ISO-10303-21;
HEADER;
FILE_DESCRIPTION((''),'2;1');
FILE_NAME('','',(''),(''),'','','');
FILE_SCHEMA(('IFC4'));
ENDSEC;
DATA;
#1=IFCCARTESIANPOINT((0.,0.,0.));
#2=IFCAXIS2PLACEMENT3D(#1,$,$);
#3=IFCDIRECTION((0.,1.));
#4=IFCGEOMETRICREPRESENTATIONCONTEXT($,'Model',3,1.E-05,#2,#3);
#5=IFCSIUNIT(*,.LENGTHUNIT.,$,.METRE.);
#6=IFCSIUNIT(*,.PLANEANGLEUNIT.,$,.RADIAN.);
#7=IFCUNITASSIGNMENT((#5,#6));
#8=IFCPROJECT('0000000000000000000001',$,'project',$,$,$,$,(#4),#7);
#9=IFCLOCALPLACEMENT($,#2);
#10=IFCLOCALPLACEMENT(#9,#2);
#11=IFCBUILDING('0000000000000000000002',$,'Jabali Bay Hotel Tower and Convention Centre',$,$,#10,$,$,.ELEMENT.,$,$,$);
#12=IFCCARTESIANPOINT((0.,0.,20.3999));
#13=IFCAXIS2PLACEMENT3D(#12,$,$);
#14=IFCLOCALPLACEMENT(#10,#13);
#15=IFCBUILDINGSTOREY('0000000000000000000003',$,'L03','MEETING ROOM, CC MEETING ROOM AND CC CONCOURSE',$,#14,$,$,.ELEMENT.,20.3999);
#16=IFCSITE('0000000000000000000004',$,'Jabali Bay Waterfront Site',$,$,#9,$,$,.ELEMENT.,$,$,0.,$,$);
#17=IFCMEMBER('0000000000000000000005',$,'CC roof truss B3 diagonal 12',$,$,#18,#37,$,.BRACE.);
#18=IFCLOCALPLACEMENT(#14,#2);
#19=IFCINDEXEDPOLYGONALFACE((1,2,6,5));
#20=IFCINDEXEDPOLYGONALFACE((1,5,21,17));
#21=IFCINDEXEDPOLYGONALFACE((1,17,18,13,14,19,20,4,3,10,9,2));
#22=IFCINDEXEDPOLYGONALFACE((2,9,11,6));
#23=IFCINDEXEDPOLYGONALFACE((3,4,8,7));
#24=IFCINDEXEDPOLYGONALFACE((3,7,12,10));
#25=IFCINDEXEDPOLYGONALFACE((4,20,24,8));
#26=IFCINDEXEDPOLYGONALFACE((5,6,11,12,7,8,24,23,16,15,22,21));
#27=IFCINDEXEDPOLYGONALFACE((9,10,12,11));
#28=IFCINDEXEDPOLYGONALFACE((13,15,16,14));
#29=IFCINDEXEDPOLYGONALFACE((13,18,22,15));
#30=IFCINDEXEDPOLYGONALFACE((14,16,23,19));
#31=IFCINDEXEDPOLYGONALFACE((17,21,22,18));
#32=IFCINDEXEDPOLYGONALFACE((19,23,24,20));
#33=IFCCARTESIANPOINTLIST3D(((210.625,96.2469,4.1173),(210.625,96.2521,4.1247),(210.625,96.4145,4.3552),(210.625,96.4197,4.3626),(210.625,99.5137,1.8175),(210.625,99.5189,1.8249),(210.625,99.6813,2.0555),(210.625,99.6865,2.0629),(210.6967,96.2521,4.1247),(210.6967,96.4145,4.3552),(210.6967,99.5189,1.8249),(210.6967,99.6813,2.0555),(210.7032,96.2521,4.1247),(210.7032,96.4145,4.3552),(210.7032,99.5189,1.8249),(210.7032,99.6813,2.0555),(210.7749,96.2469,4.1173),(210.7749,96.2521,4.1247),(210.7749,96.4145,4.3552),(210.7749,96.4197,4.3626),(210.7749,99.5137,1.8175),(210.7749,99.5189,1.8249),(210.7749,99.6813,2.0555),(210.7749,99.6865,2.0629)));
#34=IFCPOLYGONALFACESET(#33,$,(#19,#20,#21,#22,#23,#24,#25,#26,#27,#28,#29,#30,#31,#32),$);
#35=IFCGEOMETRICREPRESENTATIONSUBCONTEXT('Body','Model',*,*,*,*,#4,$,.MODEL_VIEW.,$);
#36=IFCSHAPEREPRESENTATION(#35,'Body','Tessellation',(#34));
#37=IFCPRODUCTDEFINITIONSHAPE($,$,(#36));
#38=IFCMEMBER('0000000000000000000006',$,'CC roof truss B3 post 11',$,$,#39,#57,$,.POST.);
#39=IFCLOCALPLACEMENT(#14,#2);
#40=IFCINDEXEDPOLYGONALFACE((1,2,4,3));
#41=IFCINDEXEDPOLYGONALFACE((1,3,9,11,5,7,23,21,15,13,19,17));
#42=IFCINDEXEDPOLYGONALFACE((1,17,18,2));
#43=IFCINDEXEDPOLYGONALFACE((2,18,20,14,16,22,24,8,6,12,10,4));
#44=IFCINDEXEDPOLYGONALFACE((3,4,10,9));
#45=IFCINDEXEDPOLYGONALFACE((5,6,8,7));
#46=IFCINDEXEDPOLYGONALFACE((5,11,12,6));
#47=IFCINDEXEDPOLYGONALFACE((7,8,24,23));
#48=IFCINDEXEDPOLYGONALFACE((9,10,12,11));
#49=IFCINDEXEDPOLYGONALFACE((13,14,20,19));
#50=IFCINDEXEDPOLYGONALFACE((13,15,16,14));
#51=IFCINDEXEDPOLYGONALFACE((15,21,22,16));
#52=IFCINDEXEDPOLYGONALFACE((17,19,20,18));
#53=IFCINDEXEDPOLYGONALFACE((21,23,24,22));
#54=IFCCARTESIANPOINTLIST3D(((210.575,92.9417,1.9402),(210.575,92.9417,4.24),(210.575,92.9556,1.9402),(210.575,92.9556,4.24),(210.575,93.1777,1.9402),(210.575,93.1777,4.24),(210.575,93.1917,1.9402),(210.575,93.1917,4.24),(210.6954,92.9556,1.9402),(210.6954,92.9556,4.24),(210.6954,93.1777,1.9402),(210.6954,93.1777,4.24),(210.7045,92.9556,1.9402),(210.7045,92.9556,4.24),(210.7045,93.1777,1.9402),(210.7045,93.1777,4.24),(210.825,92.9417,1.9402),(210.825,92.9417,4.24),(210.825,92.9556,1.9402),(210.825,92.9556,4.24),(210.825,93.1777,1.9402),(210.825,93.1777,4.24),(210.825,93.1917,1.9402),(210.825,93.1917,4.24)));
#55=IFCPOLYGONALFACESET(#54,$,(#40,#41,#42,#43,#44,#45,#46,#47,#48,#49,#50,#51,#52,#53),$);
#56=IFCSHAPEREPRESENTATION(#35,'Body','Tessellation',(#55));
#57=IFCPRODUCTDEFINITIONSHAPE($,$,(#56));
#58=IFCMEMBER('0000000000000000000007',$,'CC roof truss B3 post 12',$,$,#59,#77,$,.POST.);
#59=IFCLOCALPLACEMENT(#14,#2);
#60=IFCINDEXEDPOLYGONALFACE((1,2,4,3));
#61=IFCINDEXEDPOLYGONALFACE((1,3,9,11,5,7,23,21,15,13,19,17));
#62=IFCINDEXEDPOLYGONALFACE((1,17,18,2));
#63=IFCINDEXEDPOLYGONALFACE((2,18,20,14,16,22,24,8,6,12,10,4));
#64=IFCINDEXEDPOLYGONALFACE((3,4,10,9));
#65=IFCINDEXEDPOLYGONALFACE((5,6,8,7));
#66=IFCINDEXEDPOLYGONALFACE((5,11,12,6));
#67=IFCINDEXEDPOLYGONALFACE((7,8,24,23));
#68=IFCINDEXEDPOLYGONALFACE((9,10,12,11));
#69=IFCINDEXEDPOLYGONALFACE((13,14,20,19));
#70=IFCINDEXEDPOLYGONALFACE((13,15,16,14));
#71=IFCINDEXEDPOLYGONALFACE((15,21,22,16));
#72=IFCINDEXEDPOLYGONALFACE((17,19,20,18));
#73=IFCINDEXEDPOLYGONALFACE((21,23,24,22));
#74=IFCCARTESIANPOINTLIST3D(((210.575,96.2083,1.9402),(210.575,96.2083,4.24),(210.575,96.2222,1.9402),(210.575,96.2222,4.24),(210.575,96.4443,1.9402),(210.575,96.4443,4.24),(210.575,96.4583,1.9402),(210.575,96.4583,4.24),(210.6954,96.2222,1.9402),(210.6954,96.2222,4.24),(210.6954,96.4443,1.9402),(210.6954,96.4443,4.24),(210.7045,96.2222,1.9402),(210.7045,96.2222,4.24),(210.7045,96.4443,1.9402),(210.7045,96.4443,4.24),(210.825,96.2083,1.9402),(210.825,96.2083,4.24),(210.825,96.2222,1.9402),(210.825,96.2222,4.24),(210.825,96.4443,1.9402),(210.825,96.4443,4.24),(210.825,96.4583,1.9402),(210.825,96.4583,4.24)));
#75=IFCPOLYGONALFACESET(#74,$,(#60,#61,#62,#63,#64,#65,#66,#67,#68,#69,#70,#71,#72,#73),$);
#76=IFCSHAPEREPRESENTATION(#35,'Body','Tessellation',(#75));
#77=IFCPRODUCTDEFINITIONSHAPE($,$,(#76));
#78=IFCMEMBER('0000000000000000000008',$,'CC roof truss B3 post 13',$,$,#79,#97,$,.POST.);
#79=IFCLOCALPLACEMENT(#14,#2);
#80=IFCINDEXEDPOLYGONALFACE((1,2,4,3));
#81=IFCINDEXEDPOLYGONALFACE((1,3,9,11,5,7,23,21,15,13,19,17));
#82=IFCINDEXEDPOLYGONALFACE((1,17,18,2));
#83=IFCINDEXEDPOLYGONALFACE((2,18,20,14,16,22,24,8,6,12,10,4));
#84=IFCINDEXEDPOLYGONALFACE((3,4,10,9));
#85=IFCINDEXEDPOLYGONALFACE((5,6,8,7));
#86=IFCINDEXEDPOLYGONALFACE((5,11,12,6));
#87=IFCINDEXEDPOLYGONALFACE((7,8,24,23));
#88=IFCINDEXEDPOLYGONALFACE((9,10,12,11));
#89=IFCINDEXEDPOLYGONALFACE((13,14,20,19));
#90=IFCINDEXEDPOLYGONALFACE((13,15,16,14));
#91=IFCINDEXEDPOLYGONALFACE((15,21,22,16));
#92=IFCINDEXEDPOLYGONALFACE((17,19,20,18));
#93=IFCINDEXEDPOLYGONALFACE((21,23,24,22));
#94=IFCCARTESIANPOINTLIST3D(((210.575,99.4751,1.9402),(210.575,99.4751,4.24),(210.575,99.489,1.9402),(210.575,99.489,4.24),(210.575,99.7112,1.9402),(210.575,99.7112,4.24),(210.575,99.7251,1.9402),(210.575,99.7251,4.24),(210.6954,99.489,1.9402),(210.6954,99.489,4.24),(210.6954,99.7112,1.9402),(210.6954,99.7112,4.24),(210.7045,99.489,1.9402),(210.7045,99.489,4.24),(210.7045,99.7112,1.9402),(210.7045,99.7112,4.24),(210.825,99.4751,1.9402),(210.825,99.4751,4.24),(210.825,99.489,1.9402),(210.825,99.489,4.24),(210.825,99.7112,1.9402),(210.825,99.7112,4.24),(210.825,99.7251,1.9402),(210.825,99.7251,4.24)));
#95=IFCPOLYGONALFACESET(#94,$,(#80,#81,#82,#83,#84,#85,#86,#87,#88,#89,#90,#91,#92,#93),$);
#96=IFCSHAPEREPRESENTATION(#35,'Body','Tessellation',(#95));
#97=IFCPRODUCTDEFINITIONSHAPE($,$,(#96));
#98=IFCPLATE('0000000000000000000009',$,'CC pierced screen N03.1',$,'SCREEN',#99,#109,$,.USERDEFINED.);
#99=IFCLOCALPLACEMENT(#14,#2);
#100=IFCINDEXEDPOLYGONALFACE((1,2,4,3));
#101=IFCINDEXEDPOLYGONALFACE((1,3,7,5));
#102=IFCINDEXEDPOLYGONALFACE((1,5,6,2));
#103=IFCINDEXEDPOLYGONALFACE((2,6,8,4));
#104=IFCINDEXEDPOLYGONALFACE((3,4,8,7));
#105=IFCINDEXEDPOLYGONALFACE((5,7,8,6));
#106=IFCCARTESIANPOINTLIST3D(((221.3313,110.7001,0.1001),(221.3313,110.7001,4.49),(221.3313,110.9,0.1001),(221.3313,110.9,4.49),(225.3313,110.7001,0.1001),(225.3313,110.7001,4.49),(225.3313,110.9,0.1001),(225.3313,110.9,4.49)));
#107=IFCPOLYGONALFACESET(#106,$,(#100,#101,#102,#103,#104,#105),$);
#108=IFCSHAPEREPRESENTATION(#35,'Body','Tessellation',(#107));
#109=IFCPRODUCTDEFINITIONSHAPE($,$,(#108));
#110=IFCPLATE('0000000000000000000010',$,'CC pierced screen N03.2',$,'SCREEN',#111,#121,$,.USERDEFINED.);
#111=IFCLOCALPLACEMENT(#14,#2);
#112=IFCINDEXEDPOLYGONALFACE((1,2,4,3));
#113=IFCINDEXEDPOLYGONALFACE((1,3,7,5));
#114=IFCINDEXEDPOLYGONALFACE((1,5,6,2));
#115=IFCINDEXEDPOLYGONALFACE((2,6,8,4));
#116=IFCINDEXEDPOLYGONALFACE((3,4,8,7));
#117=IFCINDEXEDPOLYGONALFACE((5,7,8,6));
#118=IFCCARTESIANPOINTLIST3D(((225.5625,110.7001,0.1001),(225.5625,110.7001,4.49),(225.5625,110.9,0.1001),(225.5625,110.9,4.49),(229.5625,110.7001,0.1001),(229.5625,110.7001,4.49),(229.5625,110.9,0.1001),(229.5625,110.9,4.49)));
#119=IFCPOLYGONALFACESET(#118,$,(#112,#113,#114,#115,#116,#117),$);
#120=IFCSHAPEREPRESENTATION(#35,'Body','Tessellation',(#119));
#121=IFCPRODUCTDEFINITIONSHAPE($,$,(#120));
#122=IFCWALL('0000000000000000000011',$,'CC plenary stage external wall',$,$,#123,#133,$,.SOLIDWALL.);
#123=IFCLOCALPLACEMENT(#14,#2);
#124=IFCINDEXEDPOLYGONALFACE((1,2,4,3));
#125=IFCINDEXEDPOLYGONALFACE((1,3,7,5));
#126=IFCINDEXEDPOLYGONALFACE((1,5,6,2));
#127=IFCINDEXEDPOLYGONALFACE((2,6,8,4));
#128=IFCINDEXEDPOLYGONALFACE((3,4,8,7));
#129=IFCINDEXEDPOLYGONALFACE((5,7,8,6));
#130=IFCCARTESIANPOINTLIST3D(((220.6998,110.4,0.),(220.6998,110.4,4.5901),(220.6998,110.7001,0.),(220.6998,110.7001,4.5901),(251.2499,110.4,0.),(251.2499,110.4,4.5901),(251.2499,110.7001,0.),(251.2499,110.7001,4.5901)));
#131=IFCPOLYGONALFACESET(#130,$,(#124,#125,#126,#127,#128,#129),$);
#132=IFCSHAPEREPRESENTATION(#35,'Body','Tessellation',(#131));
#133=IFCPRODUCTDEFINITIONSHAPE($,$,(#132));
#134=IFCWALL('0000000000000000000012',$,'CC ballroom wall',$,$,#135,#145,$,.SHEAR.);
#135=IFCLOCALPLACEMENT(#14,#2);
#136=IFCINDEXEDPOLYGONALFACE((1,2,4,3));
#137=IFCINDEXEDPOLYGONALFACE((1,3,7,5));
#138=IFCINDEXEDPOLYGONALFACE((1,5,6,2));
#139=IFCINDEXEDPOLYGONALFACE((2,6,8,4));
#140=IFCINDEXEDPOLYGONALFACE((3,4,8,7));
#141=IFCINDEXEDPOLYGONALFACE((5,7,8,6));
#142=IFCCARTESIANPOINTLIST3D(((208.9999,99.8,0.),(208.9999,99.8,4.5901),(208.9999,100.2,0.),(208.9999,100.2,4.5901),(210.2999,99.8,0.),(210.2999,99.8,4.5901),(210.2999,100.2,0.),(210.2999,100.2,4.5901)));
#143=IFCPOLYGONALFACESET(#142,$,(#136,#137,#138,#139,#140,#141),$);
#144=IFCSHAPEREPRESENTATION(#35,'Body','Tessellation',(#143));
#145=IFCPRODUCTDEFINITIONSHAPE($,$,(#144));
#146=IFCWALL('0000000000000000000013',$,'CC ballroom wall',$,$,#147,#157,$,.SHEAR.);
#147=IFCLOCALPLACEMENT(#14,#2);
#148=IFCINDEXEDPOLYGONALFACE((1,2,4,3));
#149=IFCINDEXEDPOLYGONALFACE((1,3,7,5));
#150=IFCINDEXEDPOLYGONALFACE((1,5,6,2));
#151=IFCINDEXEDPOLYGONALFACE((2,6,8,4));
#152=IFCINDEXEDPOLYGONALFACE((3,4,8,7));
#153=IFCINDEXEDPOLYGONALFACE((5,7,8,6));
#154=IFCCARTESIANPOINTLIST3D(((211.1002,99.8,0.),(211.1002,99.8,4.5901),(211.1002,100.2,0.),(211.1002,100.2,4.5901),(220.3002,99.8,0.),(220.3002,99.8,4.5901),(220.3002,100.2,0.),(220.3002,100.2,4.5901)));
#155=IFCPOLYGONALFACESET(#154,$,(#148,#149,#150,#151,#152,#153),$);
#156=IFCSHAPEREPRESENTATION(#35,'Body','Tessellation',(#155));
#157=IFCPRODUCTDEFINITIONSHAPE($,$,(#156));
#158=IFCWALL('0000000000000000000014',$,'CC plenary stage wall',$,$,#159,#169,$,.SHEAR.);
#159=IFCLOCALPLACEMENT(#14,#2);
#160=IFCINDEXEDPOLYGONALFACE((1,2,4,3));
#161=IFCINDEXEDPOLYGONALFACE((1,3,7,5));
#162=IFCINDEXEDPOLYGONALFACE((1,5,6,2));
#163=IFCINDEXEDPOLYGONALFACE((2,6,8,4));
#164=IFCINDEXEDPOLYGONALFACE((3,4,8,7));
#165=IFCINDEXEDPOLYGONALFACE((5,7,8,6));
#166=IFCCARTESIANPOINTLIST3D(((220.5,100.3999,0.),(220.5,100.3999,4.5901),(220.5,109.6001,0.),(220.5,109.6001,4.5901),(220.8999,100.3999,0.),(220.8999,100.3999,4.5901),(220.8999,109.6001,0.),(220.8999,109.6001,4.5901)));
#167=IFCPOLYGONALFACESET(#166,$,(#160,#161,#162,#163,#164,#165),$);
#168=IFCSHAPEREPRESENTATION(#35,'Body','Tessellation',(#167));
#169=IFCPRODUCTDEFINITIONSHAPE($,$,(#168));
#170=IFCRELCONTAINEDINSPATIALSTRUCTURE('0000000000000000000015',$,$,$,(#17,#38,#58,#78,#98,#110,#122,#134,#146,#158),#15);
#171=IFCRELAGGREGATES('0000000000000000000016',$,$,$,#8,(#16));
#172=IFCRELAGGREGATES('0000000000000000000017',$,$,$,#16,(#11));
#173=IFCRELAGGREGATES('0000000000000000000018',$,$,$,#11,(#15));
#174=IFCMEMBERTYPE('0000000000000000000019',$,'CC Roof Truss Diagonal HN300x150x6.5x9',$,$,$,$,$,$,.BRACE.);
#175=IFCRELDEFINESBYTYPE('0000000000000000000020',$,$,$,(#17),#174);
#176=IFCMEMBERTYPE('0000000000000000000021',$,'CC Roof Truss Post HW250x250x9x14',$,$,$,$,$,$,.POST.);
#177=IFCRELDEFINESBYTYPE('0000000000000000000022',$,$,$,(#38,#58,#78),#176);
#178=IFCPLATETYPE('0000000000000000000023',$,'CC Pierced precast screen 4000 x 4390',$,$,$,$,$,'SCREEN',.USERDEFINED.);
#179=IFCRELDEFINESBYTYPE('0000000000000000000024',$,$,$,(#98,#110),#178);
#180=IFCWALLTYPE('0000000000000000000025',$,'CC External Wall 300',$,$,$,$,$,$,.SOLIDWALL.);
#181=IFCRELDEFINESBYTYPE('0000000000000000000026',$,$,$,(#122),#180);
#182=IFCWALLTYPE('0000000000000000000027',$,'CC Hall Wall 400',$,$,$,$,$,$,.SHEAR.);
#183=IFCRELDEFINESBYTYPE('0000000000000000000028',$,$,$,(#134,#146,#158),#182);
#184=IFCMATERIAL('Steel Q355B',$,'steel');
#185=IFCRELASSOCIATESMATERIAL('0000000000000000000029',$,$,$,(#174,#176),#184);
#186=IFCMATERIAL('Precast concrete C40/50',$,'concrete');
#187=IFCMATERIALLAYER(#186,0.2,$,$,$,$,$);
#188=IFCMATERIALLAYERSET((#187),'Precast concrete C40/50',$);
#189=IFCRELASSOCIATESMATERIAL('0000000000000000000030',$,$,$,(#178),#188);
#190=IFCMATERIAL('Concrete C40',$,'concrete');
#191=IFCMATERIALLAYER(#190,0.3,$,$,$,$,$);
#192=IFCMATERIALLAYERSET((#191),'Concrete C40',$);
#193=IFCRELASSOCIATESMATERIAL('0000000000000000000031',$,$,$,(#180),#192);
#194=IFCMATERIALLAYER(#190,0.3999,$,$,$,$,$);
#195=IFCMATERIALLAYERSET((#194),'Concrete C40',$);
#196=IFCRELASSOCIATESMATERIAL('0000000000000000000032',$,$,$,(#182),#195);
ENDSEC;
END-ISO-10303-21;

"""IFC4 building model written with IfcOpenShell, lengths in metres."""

from ifc_helpers import new_model, si_unit, direction, frame, frame_2d, origin, origin_2d, place, context, subcontext, project, spatial, rectangle, i_section, extrude, material, layer, layer_set, material_profile, profile_set, type_object, element, save


model = new_model("IFC4")

# Units and contexts
model_context = context("Model", 3, precision=1e-05, world=origin(), true_north=direction((0.0, 1.0)))
body_context = subcontext(model_context, "Body", "Model", "MODEL_VIEW")
ifc_project = project(units=[si_unit("LENGTHUNIT", "METRE"), si_unit("PLANEANGLEUNIT", "RADIAN")], contexts=[model_context])

# Site, building, storey
site_placement = place(None, origin())
site = spatial("IfcSite", under=ifc_project, at=site_placement, Name="Jabali Bay Waterfront Site", CompositionType="ELEMENT", RefElevation=0.0)
building_placement = place(site_placement, origin())
building = spatial("IfcBuilding", under=site, at=building_placement, Name="Jabali Bay Hotel Tower and Convention Centre", CompositionType="ELEMENT")
storey_placement = place(building_placement, frame((0.0, 0.0, 20.3999)))
storey = spatial("IfcBuildingStorey", under=building, at=storey_placement, Name="L03", Description="MEETING ROOM, CC MEETING ROOM AND CC CONCOURSE", CompositionType="ELEMENT", Elevation=20.3999)

# Members
ifc_material_1 = material(Name="Steel Q355B", Category="steel")
ifc_material_profile_1 = material_profile(ifc_material_1, i_section(OverallWidth=0.1499, OverallDepth=0.3, WebThickness=0.0066, FlangeThickness=0.009, at=origin_2d()), Name="HN300x150x6.5x9")
ifc_profile_set_1 = profile_set([ifc_material_profile_1], Name="Steel Q355B")
member_type_1 = type_object("IfcMemberType", Name="CC Roof Truss Diagonal HN300x150x6.5x9", PredefinedType="BRACE", material=ifc_profile_set_1)
member_placement = place(storey_placement, frame((210.7, 99.6001, 1.9402), z_axis=(0.0, -0.817699, 0.575646), x_axis=(1.0, 0.0, 0.0)))
element("IfcMember", 1, at=member_placement, inside=storey, type_object=member_type_1, Name="CC roof truss B3 diagonal 12", PredefinedType="BRACE", context=body_context, shape_type="SweptSolid", body=[
    extrude(i_section(OverallWidth=0.1499, OverallDepth=0.3, WebThickness=0.0066, FlangeThickness=0.009, at=origin_2d()), origin(), (0.0, 0.0, 1.0), 3.9951),
])
ifc_material_profile_2 = material_profile(ifc_material_1, i_section(OverallWidth=0.25, OverallDepth=0.25, WebThickness=0.009, FlangeThickness=0.0139, at=origin_2d()), Name="HW250x250x9x14")
ifc_profile_set_2 = profile_set([ifc_material_profile_2], Name="Steel Q355B")
member_type_2 = type_object("IfcMemberType", Name="CC Roof Truss Post HW250x250x9x14", PredefinedType="POST", material=ifc_profile_set_2)
for number, where, z_axis, x_axis, name in (
    (2, (210.7, 93.0667, 1.9402), (0.0, 0.0, 1.0), (1.0, 0.0, 0.0), "CC roof truss B3 post 11"),
    (3, (210.7, 96.3333, 1.9402), (0.0, 0.0, 1.0), (1.0, 0.0, 0.0), "CC roof truss B3 post 12"),
    (4, (210.7, 99.6001, 1.9402), (0.0, 0.0, 1.0), (1.0, 0.0, 0.0), "CC roof truss B3 post 13"),
):
    element("IfcMember", number, at=place(storey_placement, frame(where, z_axis=z_axis, x_axis=x_axis)), inside=storey, type_object=member_type_2, Name=name, PredefinedType="POST", context=body_context, shape_type="SweptSolid", body=[
        extrude(i_section(OverallWidth=0.25, OverallDepth=0.25, WebThickness=0.009, FlangeThickness=0.0139, at=origin_2d()), origin(), (0.0, 0.0, 1.0), 2.2998),
    ])

# Plates
ifc_material_2 = material(Name="Precast concrete C40/50", Category="concrete")
ifc_layer_1 = layer(ifc_material_2, 0.2)
ifc_layer_set_1 = layer_set([ifc_layer_1], Name="Precast concrete C40/50")
plate_type = type_object("IfcPlateType", Name="CC Pierced precast screen 4000 x 4390", ElementType="SCREEN", PredefinedType="USERDEFINED", material=ifc_layer_set_1)
for number, where, z_axis, x_axis, name in (
    (5, (223.3313, 110.8, 0.1001), (0.0, 0.0, 1.0), (1.0, 0.0, 0.0), "CC pierced screen N03.1"),
    (6, (227.5625, 110.8, 0.1001), (0.0, 0.0, 1.0), (1.0, 0.0, 0.0), "CC pierced screen N03.2"),
):
    element("IfcPlate", number, at=place(storey_placement, frame(where, z_axis=z_axis, x_axis=x_axis)), inside=storey, type_object=plate_type, Name=name, ObjectType="SCREEN", PredefinedType="USERDEFINED", context=body_context, shape_type="SweptSolid", body=[
        extrude(rectangle(XDim=4.0, YDim=0.2, at=origin_2d()), origin(), (0.0, 0.0, 1.0), 4.3899),
    ])

# Walls
ifc_material_3 = material(Name="Concrete C40", Category="concrete")
ifc_layer_2 = layer(ifc_material_3, 0.3)
ifc_layer_set_2 = layer_set([ifc_layer_2], Name="Concrete C40")
wall_type_1 = type_object("IfcWallType", Name="CC External Wall 300", PredefinedType="SOLIDWALL", material=ifc_layer_set_2)
wall_1_placement = place(storey_placement, frame((220.7, 110.55, 0.0), z_axis=(0.0, 0.0, 1.0), x_axis=(1.0, 0.0, 0.0)))
element("IfcWall", 7, at=wall_1_placement, inside=storey, type_object=wall_type_1, Name="CC plenary stage external wall", PredefinedType="SOLIDWALL", context=body_context, shape_type="SweptSolid", body=[
    extrude(rectangle(XDim=30.55, YDim=0.3, at=frame_2d((15.2749, 0.0))), origin(), (0.0, 0.0, 1.0), 4.5901),
])
ifc_layer_3 = layer(ifc_material_3, 0.3999)
ifc_layer_set_3 = layer_set([ifc_layer_3], Name="Concrete C40")
wall_type_2 = type_object("IfcWallType", Name="CC Hall Wall 400", PredefinedType="SHEAR", material=ifc_layer_set_3)
wall_2_placement = place(storey_placement, frame((209.0, 100.0, 0.0), z_axis=(0.0, 0.0, 1.0), x_axis=(1.0, 0.0, 0.0)))
element("IfcWall", 8, at=wall_2_placement, inside=storey, type_object=wall_type_2, Name="CC ballroom wall", PredefinedType="SHEAR", context=body_context, shape_type="SweptSolid", body=[
    extrude(rectangle(XDim=1.3, YDim=0.3999, at=frame_2d((0.6499, 0.0))), origin(), (0.0, 0.0, 1.0), 4.5901),
])
wall_3_placement = place(storey_placement, frame((211.1001, 100.0, 0.0), z_axis=(0.0, 0.0, 1.0), x_axis=(1.0, 0.0, 0.0)))
element("IfcWall", 9, at=wall_3_placement, inside=storey, type_object=wall_type_2, Name="CC ballroom wall", PredefinedType="SHEAR", context=body_context, shape_type="SweptSolid", body=[
    extrude(rectangle(XDim=9.2, YDim=0.3999, at=frame_2d((4.6001, 0.0))), origin(), (0.0, 0.0, 1.0), 4.5901),
])
wall_4_placement = place(storey_placement, frame((220.7, 100.3999, 0.0), z_axis=(0.0, 0.0, 1.0), x_axis=(0.0, 1.0, 0.0)))
element("IfcWall", 10, at=wall_4_placement, inside=storey, type_object=wall_type_2, Name="CC plenary stage wall", PredefinedType="SHEAR", context=body_context, shape_type="SweptSolid", body=[
    extrude(rectangle(XDim=9.2002, YDim=0.3999, at=frame_2d((4.6001, 0.0))), origin(), (0.0, 0.0, 1.0), 4.5901),
])

save(model, "model.ifc")
